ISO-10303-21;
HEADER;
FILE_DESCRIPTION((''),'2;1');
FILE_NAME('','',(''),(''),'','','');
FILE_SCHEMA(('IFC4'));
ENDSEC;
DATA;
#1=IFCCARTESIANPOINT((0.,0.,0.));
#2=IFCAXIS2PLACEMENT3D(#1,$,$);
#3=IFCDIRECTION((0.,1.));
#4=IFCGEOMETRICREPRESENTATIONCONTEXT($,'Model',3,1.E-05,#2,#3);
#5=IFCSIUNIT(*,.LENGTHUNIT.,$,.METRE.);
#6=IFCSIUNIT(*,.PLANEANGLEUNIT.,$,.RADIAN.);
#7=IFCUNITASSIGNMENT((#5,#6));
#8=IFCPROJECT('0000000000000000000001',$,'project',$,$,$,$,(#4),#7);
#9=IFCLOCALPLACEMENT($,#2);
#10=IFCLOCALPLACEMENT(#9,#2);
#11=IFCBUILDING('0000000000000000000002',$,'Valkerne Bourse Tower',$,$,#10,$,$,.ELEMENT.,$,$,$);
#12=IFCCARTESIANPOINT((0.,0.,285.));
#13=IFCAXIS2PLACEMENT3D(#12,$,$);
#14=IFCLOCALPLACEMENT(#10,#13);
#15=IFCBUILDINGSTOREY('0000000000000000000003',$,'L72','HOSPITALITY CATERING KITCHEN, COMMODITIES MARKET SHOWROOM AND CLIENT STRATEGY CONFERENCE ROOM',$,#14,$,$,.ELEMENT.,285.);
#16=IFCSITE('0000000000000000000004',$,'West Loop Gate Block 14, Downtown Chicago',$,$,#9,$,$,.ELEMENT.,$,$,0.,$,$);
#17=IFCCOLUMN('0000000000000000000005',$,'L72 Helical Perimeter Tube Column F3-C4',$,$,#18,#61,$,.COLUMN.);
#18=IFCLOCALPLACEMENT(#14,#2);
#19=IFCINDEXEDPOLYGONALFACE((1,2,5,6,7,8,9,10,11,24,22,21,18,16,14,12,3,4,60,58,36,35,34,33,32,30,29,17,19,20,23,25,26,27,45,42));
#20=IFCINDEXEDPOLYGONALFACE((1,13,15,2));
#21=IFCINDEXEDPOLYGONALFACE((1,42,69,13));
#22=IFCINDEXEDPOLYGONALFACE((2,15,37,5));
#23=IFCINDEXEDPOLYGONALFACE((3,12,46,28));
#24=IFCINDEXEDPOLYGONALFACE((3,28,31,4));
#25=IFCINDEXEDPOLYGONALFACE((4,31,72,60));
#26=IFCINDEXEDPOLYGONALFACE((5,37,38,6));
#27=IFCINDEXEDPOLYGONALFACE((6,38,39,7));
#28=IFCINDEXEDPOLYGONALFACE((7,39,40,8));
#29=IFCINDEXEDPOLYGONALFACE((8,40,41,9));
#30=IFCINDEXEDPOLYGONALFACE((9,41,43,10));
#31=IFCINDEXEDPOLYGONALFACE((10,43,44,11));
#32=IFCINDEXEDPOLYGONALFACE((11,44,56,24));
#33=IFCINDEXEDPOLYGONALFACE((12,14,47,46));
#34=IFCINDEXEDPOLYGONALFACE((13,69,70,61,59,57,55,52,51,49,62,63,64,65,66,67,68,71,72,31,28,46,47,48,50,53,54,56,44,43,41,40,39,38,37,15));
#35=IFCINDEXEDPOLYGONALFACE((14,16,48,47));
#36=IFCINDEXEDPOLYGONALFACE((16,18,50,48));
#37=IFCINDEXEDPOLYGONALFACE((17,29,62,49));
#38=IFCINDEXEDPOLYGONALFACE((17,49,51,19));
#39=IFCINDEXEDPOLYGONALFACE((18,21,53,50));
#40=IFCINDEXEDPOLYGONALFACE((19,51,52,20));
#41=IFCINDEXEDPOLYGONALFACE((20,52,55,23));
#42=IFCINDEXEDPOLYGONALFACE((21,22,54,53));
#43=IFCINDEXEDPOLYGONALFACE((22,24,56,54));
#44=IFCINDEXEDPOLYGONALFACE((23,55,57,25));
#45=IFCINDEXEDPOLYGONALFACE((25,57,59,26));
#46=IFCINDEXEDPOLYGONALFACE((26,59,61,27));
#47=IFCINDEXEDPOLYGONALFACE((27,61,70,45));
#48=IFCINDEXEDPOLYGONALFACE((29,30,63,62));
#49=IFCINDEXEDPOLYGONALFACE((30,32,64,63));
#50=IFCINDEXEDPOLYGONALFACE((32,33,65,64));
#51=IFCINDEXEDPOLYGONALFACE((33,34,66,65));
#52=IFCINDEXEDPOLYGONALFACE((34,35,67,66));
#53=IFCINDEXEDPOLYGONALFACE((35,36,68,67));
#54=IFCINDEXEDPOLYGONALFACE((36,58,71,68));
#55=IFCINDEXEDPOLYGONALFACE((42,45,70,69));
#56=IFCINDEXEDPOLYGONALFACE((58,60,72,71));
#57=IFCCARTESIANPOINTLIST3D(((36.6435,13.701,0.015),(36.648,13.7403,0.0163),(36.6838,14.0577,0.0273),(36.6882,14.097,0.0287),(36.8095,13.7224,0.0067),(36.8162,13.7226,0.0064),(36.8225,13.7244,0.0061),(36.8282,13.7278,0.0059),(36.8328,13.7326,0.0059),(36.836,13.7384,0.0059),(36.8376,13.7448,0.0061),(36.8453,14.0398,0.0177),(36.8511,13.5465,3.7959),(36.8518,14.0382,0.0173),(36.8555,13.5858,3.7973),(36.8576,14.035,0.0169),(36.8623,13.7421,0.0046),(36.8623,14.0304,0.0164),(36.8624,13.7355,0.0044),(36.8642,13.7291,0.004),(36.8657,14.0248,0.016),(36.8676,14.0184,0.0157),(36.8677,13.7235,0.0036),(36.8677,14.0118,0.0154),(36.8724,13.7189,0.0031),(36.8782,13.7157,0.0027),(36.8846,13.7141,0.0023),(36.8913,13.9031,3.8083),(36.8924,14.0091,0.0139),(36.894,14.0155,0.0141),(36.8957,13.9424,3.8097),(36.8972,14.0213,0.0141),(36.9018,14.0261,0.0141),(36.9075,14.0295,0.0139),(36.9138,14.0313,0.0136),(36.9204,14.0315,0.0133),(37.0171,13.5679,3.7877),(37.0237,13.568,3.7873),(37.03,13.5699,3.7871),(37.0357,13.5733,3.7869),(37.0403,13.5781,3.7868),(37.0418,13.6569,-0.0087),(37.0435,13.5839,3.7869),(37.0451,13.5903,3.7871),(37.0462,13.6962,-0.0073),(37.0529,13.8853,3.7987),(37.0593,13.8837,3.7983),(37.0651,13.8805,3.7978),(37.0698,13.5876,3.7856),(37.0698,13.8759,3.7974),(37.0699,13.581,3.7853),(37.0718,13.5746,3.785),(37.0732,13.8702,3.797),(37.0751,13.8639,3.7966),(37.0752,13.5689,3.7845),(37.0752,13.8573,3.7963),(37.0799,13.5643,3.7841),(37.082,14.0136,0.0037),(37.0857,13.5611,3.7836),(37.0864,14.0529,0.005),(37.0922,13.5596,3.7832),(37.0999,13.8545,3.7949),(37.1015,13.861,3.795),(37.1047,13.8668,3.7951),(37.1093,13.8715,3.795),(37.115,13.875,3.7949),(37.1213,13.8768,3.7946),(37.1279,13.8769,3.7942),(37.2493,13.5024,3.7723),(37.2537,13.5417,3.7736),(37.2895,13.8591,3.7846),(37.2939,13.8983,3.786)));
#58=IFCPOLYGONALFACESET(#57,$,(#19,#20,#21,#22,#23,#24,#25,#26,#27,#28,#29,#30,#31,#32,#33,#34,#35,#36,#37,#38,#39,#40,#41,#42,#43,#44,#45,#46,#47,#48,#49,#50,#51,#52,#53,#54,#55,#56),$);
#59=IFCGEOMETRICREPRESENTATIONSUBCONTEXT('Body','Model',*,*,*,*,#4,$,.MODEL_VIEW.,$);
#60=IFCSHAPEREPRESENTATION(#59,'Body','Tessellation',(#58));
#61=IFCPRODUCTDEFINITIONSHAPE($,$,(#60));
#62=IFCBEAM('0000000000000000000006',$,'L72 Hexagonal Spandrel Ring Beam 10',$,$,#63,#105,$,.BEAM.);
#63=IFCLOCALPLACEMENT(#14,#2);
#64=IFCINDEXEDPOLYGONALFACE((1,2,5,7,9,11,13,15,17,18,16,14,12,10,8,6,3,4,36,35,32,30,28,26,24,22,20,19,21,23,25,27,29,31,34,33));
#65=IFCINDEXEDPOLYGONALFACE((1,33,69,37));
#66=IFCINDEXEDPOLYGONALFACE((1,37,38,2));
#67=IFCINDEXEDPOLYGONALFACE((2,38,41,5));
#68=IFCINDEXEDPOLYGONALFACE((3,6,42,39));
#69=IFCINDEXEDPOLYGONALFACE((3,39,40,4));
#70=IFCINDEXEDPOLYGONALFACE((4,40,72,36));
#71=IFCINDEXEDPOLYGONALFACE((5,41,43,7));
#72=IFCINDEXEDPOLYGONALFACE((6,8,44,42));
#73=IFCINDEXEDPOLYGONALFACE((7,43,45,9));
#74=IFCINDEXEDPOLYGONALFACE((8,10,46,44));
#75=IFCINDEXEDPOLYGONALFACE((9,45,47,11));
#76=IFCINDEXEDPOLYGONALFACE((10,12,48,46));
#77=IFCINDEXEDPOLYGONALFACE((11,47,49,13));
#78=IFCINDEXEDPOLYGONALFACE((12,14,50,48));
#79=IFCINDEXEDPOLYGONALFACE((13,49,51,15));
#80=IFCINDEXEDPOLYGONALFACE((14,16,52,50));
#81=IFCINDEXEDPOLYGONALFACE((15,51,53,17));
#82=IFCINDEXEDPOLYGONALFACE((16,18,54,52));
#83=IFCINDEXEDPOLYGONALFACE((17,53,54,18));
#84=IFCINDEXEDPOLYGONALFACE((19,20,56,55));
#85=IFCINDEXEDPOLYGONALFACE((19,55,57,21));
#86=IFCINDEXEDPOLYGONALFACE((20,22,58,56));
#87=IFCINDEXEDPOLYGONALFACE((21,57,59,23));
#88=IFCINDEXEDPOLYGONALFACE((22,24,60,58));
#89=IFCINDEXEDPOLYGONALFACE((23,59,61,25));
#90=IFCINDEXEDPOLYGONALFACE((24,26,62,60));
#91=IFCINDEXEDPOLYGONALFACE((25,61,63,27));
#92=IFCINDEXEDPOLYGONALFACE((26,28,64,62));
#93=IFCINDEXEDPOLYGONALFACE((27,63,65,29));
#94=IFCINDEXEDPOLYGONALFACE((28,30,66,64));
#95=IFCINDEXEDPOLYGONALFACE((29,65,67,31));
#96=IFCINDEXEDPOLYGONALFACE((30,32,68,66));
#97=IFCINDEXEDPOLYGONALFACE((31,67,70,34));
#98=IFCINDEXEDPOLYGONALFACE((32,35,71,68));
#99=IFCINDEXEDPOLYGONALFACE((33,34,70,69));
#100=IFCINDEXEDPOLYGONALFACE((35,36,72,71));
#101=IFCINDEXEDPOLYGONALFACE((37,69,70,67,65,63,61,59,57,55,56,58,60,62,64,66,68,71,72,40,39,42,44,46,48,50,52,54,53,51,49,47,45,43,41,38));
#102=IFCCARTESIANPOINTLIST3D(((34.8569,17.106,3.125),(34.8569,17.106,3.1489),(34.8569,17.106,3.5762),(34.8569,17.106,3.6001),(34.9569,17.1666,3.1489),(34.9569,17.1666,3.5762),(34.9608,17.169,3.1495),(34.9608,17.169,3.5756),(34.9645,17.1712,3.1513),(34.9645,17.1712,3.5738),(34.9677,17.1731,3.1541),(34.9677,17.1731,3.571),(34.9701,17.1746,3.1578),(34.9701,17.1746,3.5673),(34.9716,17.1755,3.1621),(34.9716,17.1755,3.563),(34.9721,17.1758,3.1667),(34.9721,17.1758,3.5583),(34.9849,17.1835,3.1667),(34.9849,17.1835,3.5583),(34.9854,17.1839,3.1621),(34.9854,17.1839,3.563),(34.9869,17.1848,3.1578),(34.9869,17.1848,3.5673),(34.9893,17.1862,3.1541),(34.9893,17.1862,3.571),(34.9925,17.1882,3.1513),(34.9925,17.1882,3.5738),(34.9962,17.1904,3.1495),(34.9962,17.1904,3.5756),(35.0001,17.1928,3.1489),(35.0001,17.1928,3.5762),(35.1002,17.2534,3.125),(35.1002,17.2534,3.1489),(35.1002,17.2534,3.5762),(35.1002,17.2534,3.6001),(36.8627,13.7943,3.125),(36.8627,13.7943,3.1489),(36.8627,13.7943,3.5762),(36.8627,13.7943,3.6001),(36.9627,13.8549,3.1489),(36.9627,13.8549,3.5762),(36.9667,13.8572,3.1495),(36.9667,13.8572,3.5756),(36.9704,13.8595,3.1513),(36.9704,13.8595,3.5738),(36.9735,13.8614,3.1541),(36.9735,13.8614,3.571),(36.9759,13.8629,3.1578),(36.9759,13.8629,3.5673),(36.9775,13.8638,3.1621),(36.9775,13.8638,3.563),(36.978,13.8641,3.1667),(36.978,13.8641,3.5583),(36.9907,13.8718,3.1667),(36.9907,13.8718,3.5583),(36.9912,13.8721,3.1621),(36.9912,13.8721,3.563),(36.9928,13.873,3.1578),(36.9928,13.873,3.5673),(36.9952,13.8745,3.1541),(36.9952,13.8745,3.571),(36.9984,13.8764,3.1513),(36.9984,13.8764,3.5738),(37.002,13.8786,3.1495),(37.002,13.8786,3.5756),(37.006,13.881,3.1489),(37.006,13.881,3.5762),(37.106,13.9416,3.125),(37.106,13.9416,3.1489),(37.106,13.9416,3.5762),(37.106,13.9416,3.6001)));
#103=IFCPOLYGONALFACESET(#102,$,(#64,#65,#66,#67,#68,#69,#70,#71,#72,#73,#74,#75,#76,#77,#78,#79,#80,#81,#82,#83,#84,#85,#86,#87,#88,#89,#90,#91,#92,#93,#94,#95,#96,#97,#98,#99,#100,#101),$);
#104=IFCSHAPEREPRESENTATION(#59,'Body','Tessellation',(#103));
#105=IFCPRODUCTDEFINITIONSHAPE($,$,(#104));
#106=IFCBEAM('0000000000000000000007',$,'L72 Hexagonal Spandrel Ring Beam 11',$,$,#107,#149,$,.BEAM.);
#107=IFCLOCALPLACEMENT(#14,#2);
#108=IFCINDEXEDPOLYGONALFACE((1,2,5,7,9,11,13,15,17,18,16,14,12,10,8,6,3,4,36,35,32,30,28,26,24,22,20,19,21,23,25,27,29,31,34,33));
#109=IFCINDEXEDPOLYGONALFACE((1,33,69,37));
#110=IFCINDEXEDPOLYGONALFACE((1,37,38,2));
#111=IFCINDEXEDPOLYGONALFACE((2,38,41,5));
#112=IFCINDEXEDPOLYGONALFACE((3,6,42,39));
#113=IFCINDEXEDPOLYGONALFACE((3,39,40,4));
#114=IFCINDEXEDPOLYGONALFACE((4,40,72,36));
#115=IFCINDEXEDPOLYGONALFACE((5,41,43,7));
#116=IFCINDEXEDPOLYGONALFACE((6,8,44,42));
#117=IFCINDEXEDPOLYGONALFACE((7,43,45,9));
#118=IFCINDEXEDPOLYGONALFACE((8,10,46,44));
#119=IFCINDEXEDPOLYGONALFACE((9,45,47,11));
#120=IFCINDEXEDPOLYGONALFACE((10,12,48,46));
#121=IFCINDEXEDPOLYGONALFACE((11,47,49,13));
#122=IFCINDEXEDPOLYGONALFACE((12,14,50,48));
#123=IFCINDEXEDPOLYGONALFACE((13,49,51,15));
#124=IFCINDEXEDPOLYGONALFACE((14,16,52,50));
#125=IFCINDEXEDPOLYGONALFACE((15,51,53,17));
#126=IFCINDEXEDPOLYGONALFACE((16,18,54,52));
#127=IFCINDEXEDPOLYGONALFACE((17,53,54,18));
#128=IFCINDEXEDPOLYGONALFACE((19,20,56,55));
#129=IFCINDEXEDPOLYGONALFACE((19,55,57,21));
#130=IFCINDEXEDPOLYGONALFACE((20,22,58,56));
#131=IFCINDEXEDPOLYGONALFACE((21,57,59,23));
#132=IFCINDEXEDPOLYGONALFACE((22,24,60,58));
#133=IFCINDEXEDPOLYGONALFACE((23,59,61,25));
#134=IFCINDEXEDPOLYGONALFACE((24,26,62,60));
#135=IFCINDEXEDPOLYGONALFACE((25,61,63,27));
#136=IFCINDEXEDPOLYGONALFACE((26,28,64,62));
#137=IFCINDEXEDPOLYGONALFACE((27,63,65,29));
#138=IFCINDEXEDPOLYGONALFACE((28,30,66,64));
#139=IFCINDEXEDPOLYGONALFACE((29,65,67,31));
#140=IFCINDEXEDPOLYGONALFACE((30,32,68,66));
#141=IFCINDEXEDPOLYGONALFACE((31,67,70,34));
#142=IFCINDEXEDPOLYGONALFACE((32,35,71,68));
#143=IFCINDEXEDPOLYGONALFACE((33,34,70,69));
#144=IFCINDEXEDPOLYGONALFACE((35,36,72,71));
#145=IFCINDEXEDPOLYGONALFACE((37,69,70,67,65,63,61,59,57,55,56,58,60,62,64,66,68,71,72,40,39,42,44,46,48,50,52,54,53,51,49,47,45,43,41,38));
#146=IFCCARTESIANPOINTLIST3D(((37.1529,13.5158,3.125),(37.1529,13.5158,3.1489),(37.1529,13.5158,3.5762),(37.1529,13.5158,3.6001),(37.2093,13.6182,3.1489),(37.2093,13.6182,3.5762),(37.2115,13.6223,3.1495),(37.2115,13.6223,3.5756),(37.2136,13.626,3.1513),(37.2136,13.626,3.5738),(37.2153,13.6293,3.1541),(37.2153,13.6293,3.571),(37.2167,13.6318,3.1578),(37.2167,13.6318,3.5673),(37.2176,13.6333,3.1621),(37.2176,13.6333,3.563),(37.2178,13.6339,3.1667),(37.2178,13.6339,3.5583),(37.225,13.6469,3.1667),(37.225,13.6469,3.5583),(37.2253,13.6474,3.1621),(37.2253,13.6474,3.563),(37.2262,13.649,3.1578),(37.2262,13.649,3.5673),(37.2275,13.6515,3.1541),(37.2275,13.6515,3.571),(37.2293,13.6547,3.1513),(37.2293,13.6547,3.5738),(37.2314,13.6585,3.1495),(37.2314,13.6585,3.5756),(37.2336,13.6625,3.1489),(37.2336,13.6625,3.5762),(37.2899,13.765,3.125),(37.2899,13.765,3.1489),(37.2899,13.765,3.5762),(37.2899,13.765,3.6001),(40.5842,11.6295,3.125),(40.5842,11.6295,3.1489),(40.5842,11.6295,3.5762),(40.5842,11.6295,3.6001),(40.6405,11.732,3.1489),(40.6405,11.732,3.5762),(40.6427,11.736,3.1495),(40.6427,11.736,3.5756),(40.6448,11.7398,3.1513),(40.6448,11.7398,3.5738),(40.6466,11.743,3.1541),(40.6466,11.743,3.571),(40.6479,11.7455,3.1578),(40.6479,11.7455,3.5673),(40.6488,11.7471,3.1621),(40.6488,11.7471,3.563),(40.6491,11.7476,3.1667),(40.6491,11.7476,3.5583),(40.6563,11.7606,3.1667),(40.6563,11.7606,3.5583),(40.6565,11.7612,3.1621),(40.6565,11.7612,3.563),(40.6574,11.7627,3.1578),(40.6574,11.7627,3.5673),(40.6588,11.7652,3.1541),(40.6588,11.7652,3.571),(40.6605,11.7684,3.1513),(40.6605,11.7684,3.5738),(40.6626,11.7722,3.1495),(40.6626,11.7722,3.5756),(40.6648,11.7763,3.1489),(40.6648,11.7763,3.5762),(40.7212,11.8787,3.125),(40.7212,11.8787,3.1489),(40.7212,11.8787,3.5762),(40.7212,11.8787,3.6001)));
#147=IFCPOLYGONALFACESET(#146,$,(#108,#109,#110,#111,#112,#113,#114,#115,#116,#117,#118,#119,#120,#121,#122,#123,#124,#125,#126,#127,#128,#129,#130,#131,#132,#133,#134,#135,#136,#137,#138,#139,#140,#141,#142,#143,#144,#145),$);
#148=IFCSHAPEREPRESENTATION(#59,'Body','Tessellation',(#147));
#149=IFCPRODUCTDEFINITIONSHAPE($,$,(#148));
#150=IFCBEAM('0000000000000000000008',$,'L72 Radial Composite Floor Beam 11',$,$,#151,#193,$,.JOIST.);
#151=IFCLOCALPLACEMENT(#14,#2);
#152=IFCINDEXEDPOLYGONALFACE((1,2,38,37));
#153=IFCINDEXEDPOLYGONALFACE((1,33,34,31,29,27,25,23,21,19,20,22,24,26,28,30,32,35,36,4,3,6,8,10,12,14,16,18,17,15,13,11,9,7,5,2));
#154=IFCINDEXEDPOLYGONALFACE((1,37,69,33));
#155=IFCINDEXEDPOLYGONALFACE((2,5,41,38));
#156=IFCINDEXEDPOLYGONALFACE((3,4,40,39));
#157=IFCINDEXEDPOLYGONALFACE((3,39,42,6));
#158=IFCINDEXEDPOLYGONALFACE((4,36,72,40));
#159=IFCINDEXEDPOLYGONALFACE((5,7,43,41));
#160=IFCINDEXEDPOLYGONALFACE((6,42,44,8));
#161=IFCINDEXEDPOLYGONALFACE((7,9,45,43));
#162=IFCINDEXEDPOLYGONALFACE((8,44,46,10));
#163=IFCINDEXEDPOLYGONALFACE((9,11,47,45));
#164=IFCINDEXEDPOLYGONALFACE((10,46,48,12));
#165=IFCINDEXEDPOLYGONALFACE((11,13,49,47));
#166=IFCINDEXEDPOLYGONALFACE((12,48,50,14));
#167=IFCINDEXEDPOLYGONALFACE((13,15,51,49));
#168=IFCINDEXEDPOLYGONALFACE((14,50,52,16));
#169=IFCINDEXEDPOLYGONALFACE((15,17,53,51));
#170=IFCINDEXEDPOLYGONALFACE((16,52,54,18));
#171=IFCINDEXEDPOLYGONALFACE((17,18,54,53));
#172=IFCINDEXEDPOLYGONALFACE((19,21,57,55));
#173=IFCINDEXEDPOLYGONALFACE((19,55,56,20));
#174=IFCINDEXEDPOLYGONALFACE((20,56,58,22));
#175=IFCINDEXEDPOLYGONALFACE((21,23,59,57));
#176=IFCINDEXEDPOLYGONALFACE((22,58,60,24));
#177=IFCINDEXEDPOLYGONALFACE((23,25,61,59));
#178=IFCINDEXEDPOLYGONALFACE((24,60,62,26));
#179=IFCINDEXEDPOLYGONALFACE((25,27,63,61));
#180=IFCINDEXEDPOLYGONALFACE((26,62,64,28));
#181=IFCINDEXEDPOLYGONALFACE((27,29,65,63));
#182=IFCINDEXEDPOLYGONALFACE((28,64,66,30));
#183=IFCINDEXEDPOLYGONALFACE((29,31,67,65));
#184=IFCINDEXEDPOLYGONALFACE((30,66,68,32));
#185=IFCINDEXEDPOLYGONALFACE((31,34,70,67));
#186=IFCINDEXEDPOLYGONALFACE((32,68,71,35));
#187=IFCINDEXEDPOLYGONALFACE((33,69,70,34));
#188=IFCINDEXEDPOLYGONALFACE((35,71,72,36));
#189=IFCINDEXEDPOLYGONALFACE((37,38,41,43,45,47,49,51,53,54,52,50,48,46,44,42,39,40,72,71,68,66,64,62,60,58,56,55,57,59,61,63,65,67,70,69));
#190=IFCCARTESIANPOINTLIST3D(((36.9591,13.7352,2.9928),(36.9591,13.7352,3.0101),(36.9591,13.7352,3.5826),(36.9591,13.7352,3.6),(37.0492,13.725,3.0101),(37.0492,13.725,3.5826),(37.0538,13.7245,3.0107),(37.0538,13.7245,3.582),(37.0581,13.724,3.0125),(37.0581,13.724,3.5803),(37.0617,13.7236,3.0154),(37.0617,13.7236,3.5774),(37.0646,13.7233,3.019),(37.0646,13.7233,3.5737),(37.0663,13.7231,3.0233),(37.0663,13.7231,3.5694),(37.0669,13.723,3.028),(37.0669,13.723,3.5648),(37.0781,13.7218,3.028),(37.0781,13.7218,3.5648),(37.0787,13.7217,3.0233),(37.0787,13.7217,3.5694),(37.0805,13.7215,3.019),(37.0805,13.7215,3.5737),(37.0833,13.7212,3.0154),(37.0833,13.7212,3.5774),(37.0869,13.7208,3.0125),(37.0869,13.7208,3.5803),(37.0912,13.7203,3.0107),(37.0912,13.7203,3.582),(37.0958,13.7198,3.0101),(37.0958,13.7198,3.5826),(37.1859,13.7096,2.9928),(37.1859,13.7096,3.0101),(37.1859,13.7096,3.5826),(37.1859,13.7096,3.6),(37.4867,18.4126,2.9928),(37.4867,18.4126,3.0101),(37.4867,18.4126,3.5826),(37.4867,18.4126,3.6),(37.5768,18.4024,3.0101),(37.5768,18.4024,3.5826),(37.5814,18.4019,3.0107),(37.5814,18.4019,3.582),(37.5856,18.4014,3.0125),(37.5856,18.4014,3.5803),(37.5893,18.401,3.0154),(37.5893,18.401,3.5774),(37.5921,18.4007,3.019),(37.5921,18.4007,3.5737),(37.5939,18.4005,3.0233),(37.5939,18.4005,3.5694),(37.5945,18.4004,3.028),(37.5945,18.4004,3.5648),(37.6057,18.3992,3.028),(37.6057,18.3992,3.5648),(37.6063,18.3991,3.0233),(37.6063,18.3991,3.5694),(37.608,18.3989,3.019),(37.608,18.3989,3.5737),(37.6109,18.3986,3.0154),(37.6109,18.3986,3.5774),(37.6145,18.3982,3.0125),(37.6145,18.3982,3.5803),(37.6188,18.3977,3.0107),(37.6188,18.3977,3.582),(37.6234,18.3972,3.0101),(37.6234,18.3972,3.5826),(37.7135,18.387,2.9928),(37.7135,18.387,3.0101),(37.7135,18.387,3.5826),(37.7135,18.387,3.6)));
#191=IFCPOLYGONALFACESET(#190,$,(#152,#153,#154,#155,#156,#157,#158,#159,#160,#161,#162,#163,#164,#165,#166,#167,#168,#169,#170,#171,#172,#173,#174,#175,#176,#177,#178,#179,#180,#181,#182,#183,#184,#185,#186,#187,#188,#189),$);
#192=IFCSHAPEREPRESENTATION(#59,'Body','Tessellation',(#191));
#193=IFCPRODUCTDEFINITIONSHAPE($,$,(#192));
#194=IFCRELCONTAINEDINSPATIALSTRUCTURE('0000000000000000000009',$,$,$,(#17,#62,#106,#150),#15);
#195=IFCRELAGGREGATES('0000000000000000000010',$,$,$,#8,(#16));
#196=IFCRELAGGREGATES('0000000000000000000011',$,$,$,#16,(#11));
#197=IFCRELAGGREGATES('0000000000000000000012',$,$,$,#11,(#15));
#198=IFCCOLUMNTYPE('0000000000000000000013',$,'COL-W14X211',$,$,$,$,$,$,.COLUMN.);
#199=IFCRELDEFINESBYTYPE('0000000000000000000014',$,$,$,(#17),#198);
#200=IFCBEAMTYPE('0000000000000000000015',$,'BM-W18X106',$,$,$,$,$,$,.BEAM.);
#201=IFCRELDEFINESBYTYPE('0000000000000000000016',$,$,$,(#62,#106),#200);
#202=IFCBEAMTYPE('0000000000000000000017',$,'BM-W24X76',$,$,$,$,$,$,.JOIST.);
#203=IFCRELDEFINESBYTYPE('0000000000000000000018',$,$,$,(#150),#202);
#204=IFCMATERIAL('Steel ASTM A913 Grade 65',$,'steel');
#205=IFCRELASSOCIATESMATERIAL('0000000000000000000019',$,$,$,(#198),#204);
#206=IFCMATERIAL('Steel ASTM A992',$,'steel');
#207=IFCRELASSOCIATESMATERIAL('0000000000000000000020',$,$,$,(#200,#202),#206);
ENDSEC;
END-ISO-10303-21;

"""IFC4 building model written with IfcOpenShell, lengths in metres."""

from ifc_helpers import new_model, si_unit, direction, frame, origin, origin_2d, place, context, subcontext, project, spatial, i_section, extrude, material, material_profile, profile_set, type_object, element, save


model = new_model("IFC4")

# Units and contexts
model_context = context("Model", 3, precision=1e-05, world=origin(), true_north=direction((0.0, 1.0)))
body_context = subcontext(model_context, "Body", "Model", "MODEL_VIEW")
ifc_project = project(units=[si_unit("LENGTHUNIT", "METRE"), si_unit("PLANEANGLEUNIT", "RADIAN")], contexts=[model_context])

# Site, building, storey
site_placement = place(None, origin())
site = spatial("IfcSite", under=ifc_project, at=site_placement, Name="West Loop Gate Block 14, Downtown Chicago", CompositionType="ELEMENT", RefElevation=0.0)
building_placement = place(site_placement, origin())
building = spatial("IfcBuilding", under=site, at=building_placement, Name="Valkerne Bourse Tower", CompositionType="ELEMENT")
storey_placement = place(building_placement, frame((0.0, 0.0, 285.0)))
storey = spatial("IfcBuildingStorey", under=building, at=storey_placement, Name="L72", Description="HOSPITALITY CATERING KITCHEN, COMMODITIES MARKET SHOWROOM AND CLIENT STRATEGY CONFERENCE ROOM", CompositionType="ELEMENT", Elevation=285.0)

# Column
ifc_material_1 = material(Name="Steel ASTM A913 Grade 65", Category="steel")
ifc_material_profile_1 = material_profile(ifc_material_1, i_section(OverallWidth=0.4014, OverallDepth=0.3987, WebThickness=0.0249, FlangeThickness=0.0396, FilletRadius=0.0254, at=origin_2d()), Name="W14X211")
ifc_profile_set_1 = profile_set([ifc_material_profile_1], Name="Steel ASTM A913 Grade 65")
column_type = type_object("IfcColumnType", Name="COL-W14X211", PredefinedType="COLUMN", material=ifc_profile_set_1)
column_placement = place(storey_placement, frame((36.865, 13.877, 0.01), z_axis=(0.054757, -0.040778, 0.997667), x_axis=(0.9922, -0.109837, -0.058946)))
element("IfcColumn", 1, at=column_placement, inside=storey, type_object=column_type, Name="L72 Helical Perimeter Tube Column F3-C4", PredefinedType="COLUMN", context=body_context, shape_type="SweptSolid", body=[
    extrude(i_section(OverallWidth=0.4014, OverallDepth=0.3987, WebThickness=0.0249, FlangeThickness=0.0396, FilletRadius=0.0254, at=origin_2d()), origin(), (0.0, 0.0, 1.0), 3.7898),
])

# Beams
ifc_material_2 = material(Name="Steel ASTM A992", Category="steel")
ifc_material_profile_2 = material_profile(ifc_material_2, i_section(OverallWidth=0.2844, OverallDepth=0.4751, WebThickness=0.0149, FlangeThickness=0.0239, FilletRadius=0.0178, at=origin_2d()), Name="W18X106")
ifc_profile_set_2 = profile_set([ifc_material_profile_2], Name="Steel ASTM A992")
beam_type_1 = type_object("IfcBeamType", Name="BM-W18X106", PredefinedType="BEAM", material=ifc_profile_set_2)
beam_1_placement = place(storey_placement, frame((34.9785, 17.1797, 3.3625), z_axis=(0.518061, -0.855343, 0.0), x_axis=(0.855343, 0.518061, 0.0)))
element("IfcBeam", 2, at=beam_1_placement, inside=storey, type_object=beam_type_1, Name="L72 Hexagonal Spandrel Ring Beam 10", PredefinedType="BEAM", context=body_context, shape_type="SweptSolid", body=[
    extrude(i_section(OverallWidth=0.2844, OverallDepth=0.4751, WebThickness=0.0149, FlangeThickness=0.0239, FilletRadius=0.0178, at=origin_2d()), origin(), (0.0, 0.0, 1.0), 3.8718),
])
beam_2_placement = place(storey_placement, frame((37.2214, 13.6404, 3.3625), z_axis=(0.876313, -0.481742, 0.0), x_axis=(0.481742, 0.876313, 0.0)))
element("IfcBeam", 3, at=beam_2_placement, inside=storey, type_object=beam_type_1, Name="L72 Hexagonal Spandrel Ring Beam 11", PredefinedType="BEAM", context=body_context, shape_type="SweptSolid", body=[
    extrude(i_section(OverallWidth=0.2844, OverallDepth=0.4751, WebThickness=0.0149, FlangeThickness=0.0239, FilletRadius=0.0178, at=origin_2d()), origin(), (0.0, 0.0, 1.0), 3.9155),
])
ifc_material_profile_3 = material_profile(ifc_material_2, i_section(OverallWidth=0.2283, OverallDepth=0.6072, WebThickness=0.0112, FlangeThickness=0.0173, FilletRadius=0.0178, at=origin_2d()), Name="W24X76")
ifc_profile_set_3 = profile_set([ifc_material_profile_3], Name="Steel ASTM A992")
beam_type_2 = type_object("IfcBeamType", Name="BM-W24X76", PredefinedType="JOIST", material=ifc_profile_set_3)
beam_3_placement = place(storey_placement, frame((37.0725, 13.7224, 3.2964), z_axis=(0.112082, 0.993699, 0.0), x_axis=(-0.993699, 0.112082, 0.0)))
element("IfcBeam", 4, at=beam_3_placement, inside=storey, type_object=beam_type_2, Name="L72 Radial Composite Floor Beam 11", PredefinedType="JOIST", context=body_context, shape_type="SweptSolid", body=[
    extrude(i_section(OverallWidth=0.2283, OverallDepth=0.6072, WebThickness=0.0112, FlangeThickness=0.0173, FilletRadius=0.0178, at=origin_2d()), origin(), (0.0, 0.0, 1.0), 4.707),
])

save(model, "model.ifc")
